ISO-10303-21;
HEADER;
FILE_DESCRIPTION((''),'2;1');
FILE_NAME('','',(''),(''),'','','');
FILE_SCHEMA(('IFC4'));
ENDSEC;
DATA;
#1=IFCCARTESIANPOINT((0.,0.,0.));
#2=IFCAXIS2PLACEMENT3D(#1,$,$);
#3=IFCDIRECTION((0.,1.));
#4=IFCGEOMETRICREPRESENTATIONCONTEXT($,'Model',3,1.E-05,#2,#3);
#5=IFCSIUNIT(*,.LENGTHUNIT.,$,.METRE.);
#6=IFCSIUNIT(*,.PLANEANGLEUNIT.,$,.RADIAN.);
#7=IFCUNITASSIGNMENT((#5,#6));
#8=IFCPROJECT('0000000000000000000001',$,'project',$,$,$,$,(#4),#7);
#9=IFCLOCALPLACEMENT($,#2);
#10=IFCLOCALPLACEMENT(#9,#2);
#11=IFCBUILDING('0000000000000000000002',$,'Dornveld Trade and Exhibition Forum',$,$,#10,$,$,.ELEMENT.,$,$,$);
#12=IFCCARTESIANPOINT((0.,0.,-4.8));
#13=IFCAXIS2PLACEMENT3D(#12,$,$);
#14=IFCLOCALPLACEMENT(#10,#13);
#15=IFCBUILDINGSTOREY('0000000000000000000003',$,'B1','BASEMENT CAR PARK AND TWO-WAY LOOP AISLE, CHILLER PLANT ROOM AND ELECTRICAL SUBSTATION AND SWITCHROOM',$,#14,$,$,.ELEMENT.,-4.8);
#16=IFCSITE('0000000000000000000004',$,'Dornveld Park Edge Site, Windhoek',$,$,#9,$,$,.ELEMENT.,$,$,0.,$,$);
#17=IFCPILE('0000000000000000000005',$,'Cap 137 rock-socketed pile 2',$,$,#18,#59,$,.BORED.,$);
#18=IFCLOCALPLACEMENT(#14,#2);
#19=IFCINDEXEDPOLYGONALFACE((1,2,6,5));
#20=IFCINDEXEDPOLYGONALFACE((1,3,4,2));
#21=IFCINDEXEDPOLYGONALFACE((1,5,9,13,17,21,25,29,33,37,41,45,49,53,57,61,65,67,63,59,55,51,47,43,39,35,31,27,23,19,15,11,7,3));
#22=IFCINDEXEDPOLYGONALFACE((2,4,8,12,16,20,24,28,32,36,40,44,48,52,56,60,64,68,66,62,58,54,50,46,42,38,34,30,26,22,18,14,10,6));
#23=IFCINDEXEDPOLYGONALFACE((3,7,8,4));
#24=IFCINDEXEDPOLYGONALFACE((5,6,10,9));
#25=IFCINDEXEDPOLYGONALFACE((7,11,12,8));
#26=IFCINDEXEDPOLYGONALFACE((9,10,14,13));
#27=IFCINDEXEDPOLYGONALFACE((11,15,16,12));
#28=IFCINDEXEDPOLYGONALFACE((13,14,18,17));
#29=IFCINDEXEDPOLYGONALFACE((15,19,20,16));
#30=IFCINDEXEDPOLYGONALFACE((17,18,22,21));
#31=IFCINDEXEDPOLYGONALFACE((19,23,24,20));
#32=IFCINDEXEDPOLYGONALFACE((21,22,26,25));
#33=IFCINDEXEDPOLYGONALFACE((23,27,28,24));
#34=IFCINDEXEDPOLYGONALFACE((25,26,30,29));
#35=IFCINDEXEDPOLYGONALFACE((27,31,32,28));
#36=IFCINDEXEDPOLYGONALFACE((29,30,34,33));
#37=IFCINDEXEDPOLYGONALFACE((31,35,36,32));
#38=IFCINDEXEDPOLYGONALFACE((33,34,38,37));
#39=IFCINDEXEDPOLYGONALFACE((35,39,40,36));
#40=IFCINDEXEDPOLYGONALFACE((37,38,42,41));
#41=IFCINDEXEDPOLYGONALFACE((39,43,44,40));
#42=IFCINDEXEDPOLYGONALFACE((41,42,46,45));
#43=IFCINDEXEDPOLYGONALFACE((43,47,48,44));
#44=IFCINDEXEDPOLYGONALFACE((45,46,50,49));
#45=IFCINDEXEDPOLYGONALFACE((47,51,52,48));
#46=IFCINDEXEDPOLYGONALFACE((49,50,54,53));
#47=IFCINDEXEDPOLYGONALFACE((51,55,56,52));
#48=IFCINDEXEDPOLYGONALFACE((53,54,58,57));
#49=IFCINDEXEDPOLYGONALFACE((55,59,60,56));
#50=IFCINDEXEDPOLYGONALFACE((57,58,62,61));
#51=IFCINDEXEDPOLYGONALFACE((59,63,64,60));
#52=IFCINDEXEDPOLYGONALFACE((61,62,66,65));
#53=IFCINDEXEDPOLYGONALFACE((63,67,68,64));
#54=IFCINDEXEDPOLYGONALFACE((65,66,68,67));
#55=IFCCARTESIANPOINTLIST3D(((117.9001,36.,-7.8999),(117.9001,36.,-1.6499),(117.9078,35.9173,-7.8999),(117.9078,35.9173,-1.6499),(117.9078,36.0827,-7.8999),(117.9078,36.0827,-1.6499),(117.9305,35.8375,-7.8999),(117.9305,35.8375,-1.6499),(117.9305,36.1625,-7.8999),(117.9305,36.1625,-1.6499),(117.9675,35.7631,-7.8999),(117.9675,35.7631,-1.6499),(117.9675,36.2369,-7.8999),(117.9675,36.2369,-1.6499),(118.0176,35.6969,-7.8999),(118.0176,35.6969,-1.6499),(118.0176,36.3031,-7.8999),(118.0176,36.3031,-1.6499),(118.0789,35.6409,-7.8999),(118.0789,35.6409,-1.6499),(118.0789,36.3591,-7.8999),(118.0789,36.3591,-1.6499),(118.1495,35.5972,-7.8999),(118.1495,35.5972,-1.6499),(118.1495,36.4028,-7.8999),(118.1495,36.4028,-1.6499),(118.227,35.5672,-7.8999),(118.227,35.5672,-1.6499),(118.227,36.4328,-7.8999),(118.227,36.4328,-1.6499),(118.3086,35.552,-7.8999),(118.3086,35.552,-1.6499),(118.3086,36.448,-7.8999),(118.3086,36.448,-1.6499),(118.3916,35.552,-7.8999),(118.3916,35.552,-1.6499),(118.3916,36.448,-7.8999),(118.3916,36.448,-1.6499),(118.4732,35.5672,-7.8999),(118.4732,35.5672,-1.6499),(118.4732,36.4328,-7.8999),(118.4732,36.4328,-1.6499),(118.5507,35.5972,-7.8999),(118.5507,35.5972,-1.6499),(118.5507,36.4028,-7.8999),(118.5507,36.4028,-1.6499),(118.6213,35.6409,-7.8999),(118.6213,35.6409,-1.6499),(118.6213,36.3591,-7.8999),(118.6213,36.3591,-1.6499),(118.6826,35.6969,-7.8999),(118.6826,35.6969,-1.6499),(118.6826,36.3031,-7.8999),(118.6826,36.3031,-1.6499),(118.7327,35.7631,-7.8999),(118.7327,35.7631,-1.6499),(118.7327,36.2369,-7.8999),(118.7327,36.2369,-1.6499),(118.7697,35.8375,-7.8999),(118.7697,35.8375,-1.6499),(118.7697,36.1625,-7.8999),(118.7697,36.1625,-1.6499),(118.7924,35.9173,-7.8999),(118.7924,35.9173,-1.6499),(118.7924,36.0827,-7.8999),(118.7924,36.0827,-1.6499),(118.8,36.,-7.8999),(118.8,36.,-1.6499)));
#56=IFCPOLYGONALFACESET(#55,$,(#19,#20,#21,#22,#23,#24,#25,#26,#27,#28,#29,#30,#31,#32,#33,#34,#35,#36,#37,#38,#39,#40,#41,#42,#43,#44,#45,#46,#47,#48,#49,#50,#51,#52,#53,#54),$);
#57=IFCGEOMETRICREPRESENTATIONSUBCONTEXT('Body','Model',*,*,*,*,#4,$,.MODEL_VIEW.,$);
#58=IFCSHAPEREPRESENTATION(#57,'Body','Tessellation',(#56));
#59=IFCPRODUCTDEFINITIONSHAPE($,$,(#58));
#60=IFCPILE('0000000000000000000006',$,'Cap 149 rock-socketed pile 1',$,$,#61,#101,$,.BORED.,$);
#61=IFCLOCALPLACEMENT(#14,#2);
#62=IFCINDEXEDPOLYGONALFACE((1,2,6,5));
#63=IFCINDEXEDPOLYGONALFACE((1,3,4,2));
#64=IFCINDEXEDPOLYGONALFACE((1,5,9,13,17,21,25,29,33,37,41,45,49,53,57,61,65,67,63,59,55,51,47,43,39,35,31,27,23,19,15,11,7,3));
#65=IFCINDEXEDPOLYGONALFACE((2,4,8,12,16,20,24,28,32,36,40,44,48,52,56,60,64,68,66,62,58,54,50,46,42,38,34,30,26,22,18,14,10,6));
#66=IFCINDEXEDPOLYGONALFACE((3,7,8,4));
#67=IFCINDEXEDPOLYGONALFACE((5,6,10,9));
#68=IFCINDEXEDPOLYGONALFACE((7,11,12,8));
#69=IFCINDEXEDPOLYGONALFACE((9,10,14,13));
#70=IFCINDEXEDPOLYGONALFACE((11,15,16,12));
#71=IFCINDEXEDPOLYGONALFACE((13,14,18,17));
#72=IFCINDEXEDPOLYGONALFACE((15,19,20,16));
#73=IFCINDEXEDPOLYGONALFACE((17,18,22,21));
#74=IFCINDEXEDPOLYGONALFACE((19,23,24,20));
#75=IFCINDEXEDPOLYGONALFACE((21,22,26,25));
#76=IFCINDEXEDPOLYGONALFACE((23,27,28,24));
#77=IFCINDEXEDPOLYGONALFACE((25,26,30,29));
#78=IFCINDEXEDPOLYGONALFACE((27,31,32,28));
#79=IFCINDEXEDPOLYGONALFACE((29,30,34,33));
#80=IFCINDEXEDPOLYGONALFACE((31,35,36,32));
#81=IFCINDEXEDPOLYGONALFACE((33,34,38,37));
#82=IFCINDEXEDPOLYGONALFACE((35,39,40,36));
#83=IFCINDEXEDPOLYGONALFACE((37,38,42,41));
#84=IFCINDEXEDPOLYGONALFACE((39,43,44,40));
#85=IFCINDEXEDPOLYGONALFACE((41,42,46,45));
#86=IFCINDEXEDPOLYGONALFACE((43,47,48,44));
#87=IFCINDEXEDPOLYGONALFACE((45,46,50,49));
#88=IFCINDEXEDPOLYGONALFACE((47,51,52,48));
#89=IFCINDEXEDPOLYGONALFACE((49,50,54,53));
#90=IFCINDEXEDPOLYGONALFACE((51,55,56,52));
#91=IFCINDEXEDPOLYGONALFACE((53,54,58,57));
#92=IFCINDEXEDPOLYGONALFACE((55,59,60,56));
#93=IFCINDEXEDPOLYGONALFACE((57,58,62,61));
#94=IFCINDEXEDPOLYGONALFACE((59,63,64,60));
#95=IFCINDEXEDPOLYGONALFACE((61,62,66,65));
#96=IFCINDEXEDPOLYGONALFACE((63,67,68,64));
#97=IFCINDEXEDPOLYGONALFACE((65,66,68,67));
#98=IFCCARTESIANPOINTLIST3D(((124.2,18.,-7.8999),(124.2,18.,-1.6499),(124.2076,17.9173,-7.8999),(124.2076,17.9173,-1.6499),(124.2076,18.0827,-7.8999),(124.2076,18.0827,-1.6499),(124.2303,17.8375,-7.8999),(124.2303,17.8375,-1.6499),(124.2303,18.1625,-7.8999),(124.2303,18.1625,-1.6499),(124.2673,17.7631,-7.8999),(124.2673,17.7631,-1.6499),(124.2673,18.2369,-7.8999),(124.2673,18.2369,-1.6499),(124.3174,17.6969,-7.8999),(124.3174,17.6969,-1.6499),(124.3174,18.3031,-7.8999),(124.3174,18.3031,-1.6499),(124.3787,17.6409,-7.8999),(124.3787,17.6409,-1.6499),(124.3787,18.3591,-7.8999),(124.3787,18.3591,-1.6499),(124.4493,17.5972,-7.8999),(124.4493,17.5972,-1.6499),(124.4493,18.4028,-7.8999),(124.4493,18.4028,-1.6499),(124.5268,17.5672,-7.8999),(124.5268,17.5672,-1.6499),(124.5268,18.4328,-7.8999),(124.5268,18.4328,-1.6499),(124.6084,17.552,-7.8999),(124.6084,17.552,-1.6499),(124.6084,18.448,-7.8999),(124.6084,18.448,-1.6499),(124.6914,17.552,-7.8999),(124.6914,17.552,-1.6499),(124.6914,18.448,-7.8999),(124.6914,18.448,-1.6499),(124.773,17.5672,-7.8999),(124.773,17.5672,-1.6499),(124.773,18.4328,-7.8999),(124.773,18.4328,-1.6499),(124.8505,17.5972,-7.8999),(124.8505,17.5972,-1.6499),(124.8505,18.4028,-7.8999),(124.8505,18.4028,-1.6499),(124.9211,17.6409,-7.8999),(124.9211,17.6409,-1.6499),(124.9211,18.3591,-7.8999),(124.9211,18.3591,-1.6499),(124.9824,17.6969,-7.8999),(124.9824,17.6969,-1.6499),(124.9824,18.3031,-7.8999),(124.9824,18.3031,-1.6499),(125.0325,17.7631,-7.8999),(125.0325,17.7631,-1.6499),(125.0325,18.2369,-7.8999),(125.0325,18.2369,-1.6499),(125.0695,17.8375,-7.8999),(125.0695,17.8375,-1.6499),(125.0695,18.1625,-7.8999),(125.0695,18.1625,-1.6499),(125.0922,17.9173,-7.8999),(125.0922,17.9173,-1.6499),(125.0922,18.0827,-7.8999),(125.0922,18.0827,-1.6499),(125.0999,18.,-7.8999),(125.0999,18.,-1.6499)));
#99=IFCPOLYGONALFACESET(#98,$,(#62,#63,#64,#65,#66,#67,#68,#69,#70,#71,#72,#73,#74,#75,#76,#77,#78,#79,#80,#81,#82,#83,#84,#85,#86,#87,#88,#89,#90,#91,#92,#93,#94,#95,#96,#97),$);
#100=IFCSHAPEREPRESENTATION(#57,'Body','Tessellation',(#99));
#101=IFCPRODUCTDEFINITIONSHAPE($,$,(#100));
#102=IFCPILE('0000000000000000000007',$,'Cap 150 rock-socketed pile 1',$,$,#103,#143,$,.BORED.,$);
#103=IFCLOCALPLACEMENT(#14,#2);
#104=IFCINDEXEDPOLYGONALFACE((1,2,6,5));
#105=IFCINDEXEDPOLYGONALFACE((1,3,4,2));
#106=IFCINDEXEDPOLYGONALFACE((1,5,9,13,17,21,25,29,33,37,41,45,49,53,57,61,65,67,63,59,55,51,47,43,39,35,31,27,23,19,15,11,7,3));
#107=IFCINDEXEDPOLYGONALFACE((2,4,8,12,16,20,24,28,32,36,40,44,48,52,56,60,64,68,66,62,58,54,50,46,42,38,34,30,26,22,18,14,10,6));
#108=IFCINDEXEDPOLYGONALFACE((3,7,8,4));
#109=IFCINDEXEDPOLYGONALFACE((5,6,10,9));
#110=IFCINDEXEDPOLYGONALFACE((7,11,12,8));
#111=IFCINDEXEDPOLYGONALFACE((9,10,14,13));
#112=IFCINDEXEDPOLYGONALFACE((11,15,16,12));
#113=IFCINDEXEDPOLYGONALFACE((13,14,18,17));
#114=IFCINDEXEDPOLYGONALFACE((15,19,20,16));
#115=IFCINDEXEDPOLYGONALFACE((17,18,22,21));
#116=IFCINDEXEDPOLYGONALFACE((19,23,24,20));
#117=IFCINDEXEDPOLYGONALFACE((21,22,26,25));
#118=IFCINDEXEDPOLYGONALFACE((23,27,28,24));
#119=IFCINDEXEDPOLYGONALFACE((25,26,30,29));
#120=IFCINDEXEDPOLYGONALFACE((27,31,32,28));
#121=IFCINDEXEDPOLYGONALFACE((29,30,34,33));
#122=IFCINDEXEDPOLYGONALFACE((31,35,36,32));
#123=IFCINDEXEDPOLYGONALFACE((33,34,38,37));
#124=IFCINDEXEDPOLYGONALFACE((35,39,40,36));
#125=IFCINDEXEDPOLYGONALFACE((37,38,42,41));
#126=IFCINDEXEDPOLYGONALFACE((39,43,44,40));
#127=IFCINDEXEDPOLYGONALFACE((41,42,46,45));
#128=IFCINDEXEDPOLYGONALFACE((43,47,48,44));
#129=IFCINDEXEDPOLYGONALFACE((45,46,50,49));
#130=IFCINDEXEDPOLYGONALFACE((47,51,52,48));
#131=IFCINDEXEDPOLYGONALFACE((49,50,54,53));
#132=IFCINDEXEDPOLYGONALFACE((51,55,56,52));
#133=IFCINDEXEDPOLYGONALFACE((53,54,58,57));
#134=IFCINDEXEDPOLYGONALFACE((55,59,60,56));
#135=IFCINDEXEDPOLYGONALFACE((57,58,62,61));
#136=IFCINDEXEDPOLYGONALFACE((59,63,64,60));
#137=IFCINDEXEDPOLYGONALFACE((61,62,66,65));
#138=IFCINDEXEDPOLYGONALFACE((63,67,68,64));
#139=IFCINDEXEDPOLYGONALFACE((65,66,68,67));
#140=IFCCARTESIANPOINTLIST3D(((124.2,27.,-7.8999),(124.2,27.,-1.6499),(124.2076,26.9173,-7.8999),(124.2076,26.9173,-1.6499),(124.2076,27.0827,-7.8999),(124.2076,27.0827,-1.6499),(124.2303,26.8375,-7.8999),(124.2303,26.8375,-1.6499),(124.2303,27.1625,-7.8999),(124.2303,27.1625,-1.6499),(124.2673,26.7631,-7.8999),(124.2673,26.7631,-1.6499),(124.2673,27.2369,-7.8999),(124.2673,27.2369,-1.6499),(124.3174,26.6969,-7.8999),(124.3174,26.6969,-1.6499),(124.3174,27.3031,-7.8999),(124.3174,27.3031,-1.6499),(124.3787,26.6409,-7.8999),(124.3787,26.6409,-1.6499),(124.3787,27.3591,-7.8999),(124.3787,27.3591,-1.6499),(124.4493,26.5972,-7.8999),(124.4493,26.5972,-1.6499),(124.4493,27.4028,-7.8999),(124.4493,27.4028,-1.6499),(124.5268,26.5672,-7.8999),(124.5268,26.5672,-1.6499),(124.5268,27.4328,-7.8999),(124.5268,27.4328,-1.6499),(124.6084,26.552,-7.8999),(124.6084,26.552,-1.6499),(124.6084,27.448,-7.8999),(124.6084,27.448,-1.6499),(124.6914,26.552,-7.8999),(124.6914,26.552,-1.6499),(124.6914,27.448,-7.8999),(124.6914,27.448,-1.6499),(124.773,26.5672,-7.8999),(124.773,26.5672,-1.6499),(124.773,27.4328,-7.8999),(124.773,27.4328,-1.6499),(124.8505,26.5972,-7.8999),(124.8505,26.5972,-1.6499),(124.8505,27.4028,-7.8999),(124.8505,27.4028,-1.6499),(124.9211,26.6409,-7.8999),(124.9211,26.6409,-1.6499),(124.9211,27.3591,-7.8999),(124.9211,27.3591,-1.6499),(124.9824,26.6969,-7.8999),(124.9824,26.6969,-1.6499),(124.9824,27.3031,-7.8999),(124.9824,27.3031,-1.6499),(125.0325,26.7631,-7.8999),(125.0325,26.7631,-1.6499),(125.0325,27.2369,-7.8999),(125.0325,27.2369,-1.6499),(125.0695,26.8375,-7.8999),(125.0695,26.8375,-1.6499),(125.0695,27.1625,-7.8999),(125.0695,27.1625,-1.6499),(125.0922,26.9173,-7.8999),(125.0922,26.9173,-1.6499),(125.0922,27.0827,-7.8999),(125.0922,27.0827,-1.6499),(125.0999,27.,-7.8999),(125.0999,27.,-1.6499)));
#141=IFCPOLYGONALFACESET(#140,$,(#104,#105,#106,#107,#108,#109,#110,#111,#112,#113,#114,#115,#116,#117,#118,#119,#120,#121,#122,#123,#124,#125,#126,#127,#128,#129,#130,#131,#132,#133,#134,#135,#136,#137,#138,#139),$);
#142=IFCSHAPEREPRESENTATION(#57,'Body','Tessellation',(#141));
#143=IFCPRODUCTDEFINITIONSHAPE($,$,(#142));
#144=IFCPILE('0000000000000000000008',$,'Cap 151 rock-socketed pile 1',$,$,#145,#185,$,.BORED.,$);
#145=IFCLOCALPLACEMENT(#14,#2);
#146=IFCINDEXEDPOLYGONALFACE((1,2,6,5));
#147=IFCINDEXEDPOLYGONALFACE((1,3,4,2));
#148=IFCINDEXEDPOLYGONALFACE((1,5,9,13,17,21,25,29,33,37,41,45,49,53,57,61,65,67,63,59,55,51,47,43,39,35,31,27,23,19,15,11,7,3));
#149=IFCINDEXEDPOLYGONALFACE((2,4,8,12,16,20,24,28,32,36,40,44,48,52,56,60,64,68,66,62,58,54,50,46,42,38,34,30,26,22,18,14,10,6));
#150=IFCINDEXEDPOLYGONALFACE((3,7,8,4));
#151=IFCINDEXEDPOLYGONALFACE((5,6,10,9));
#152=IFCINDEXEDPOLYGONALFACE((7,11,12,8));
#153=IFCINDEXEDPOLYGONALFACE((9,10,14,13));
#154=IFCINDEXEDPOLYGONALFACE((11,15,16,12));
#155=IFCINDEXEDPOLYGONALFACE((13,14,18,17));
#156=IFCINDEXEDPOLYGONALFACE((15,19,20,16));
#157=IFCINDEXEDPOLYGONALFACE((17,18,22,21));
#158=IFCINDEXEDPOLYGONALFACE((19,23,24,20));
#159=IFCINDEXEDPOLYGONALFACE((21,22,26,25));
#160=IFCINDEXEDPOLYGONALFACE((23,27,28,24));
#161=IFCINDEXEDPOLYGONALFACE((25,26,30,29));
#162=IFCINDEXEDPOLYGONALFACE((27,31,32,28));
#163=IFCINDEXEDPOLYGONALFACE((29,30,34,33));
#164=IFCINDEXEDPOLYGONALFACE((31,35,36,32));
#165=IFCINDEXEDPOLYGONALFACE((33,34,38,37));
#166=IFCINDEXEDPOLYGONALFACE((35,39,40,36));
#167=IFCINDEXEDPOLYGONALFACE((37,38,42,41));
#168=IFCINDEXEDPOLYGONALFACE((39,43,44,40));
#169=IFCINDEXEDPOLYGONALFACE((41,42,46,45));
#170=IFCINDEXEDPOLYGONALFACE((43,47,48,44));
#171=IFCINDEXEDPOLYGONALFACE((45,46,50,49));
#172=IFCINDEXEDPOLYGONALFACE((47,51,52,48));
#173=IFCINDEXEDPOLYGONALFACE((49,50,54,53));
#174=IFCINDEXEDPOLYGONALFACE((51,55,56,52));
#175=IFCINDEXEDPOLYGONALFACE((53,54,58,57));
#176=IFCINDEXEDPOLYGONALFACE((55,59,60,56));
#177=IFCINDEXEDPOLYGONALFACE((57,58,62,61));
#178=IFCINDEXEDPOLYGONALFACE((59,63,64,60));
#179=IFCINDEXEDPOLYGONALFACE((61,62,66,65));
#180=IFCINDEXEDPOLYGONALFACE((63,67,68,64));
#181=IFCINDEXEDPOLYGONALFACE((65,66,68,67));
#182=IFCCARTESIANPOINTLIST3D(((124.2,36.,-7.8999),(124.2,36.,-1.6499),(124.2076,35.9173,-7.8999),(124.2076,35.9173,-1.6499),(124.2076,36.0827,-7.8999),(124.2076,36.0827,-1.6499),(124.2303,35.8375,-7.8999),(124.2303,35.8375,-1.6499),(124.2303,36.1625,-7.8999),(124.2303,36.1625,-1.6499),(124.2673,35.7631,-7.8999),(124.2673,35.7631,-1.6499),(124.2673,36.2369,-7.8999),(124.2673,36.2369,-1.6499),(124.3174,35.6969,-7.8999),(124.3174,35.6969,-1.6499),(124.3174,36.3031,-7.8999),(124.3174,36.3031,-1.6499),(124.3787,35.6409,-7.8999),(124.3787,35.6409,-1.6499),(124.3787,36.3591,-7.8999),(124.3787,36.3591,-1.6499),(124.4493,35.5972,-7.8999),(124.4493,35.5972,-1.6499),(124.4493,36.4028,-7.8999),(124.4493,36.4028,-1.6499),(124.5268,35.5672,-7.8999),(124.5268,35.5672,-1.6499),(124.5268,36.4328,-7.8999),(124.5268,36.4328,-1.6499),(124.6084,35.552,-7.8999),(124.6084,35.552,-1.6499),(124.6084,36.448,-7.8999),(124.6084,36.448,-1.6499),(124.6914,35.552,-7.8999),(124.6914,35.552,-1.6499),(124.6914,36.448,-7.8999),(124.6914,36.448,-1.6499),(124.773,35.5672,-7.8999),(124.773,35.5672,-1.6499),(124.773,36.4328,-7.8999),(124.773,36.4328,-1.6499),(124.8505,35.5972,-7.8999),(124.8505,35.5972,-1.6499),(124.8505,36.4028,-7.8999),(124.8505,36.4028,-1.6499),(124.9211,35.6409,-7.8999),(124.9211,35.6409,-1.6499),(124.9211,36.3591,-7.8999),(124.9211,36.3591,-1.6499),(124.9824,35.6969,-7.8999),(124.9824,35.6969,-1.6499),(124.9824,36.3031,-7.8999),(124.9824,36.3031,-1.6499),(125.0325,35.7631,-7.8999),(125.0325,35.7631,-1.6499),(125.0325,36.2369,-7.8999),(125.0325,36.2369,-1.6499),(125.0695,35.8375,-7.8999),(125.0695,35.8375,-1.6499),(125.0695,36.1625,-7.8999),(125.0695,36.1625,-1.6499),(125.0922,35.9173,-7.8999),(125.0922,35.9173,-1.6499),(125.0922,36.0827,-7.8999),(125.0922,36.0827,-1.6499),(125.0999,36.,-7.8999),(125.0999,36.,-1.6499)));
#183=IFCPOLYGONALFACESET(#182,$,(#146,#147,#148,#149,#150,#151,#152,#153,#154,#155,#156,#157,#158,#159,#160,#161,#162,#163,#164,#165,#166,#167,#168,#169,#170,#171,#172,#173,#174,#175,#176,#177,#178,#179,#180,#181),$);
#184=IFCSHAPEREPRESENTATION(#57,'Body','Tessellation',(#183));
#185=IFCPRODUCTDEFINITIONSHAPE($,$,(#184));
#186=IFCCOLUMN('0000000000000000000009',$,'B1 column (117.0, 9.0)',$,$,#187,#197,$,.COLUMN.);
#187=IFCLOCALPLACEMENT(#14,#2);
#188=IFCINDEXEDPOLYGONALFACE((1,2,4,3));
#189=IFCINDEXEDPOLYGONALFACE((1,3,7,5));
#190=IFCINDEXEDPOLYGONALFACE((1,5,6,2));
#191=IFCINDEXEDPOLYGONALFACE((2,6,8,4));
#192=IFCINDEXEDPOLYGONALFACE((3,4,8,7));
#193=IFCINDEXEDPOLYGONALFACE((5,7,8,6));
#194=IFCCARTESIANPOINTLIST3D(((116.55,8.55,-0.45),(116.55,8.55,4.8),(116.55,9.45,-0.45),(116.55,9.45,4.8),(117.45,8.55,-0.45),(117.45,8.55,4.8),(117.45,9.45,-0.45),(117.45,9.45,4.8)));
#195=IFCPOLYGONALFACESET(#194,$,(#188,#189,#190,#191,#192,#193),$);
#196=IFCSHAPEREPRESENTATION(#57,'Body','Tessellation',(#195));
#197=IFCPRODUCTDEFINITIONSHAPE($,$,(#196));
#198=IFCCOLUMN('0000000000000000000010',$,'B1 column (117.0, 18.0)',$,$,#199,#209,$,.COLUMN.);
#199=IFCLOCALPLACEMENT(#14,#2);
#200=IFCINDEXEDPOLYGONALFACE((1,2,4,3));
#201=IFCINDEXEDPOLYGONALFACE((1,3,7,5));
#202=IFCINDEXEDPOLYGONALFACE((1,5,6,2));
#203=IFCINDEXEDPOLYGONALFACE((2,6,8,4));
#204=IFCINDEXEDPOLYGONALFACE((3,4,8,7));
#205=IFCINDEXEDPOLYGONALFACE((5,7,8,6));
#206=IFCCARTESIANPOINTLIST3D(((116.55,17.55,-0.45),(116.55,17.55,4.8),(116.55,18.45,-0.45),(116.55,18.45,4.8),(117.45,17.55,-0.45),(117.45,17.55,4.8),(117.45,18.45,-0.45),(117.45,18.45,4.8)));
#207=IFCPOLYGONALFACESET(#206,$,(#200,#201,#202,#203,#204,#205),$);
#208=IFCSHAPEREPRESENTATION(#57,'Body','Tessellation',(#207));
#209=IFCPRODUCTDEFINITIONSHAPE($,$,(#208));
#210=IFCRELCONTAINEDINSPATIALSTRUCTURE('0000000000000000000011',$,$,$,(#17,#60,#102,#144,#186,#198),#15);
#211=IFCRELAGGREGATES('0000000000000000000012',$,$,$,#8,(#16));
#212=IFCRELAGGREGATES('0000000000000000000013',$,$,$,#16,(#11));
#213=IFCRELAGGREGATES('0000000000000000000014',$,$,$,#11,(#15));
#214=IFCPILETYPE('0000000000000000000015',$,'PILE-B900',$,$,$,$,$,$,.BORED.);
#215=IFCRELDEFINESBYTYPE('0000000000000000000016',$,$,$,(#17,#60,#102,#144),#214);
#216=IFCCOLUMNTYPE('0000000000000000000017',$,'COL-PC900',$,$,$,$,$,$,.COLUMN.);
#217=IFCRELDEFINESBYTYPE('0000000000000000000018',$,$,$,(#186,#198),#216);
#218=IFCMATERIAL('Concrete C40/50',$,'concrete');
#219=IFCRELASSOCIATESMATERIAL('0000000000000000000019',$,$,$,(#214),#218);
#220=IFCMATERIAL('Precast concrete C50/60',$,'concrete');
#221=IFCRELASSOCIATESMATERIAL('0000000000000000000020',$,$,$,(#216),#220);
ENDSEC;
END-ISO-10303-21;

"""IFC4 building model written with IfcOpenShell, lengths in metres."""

from ifc_helpers import new_model, si_unit, direction, frame, origin, origin_2d, place, context, subcontext, project, spatial, rectangle, circle, extrude, material, material_profile, profile_set, type_object, element, save


model = new_model("IFC4")

# Units and contexts
model_context = context("Model", 3, precision=1e-05, world=origin(), true_north=direction((0.0, 1.0)))
body_context = subcontext(model_context, "Body", "Model", "MODEL_VIEW")
ifc_project = project(units=[si_unit("LENGTHUNIT", "METRE"), si_unit("PLANEANGLEUNIT", "RADIAN")], contexts=[model_context])

# Site, building, storey
site_placement = place(None, origin())
site = spatial("IfcSite", under=ifc_project, at=site_placement, Name="Dornveld Park Edge Site, Windhoek", CompositionType="ELEMENT", RefElevation=0.0)
building_placement = place(site_placement, origin())
building = spatial("IfcBuilding", under=site, at=building_placement, Name="Dornveld Trade and Exhibition Forum", CompositionType="ELEMENT")
storey_placement = place(building_placement, frame((0.0, 0.0, -4.8)))
storey = spatial("IfcBuildingStorey", under=building, at=storey_placement, Name="B1", Description="BASEMENT CAR PARK AND TWO-WAY LOOP AISLE, CHILLER PLANT ROOM AND ELECTRICAL SUBSTATION AND SWITCHROOM", CompositionType="ELEMENT", Elevation=-4.8)

# Piles
ifc_material_1 = material(Name="Concrete C40/50", Category="concrete")
ifc_material_profile_1 = material_profile(ifc_material_1, circle(Radius=0.45, at=origin_2d()), Name="PILE D900")
ifc_profile_set_1 = profile_set([ifc_material_profile_1], Name="Concrete C40/50")
pile_type = type_object("IfcPileType", Name="PILE-B900", PredefinedType="BORED", material=ifc_profile_set_1)
for number, where, z_axis, x_axis, name in (
    (1, (118.3501, 36.0, -1.6499), (0.0, 0.0, -1.0), (1.0, 0.0, 0.0), "Cap 137 rock-socketed pile 2"),
    (2, (124.6499, 18.0, -1.6499), (0.0, 0.0, -1.0), (1.0, 0.0, 0.0), "Cap 149 rock-socketed pile 1"),
    (3, (124.6499, 27.0, -1.6499), (0.0, 0.0, -1.0), (1.0, 0.0, 0.0), "Cap 150 rock-socketed pile 1"),
    (4, (124.6499, 36.0, -1.6499), (0.0, 0.0, -1.0), (1.0, 0.0, 0.0), "Cap 151 rock-socketed pile 1"),
):
    element("IfcPile", number, at=place(storey_placement, frame(where, z_axis=z_axis, x_axis=x_axis)), inside=storey, type_object=pile_type, Name=name, PredefinedType="BORED", context=body_context, shape_type="SweptSolid", body=[
        extrude(circle(Radius=0.45, at=origin_2d()), origin(), (0.0, 0.0, 1.0), 6.25),
    ])

# Columns
ifc_material_2 = material(Name="Precast concrete C50/60", Category="concrete")
ifc_material_profile_2 = material_profile(ifc_material_2, rectangle(XDim=0.8999, YDim=0.8999, at=origin_2d()), Name="PC-COL 900x900")
ifc_profile_set_2 = profile_set([ifc_material_profile_2], Name="Precast concrete C50/60")
column_type = type_object("IfcColumnType", Name="COL-PC900", PredefinedType="COLUMN", material=ifc_profile_set_2)
for number, where, z_axis, x_axis, name in (
    (5, (117.0, 9.0, -0.45), (0.0, 0.0, 1.0), (1.0, 0.0, 0.0), "B1 column (117.0, 9.0)"),
    (6, (117.0, 18.0, -0.45), (0.0, 0.0, 1.0), (1.0, 0.0, 0.0), "B1 column (117.0, 18.0)"),
):
    element("IfcColumn", number, at=place(storey_placement, frame(where, z_axis=z_axis, x_axis=x_axis)), inside=storey, type_object=column_type, Name=name, PredefinedType="COLUMN", context=body_context, shape_type="SweptSolid", body=[
        extrude(rectangle(XDim=0.8999, YDim=0.8999, at=origin_2d()), origin(), (0.0, 0.0, 1.0), 5.25),
    ])

save(model, "model.ifc")
